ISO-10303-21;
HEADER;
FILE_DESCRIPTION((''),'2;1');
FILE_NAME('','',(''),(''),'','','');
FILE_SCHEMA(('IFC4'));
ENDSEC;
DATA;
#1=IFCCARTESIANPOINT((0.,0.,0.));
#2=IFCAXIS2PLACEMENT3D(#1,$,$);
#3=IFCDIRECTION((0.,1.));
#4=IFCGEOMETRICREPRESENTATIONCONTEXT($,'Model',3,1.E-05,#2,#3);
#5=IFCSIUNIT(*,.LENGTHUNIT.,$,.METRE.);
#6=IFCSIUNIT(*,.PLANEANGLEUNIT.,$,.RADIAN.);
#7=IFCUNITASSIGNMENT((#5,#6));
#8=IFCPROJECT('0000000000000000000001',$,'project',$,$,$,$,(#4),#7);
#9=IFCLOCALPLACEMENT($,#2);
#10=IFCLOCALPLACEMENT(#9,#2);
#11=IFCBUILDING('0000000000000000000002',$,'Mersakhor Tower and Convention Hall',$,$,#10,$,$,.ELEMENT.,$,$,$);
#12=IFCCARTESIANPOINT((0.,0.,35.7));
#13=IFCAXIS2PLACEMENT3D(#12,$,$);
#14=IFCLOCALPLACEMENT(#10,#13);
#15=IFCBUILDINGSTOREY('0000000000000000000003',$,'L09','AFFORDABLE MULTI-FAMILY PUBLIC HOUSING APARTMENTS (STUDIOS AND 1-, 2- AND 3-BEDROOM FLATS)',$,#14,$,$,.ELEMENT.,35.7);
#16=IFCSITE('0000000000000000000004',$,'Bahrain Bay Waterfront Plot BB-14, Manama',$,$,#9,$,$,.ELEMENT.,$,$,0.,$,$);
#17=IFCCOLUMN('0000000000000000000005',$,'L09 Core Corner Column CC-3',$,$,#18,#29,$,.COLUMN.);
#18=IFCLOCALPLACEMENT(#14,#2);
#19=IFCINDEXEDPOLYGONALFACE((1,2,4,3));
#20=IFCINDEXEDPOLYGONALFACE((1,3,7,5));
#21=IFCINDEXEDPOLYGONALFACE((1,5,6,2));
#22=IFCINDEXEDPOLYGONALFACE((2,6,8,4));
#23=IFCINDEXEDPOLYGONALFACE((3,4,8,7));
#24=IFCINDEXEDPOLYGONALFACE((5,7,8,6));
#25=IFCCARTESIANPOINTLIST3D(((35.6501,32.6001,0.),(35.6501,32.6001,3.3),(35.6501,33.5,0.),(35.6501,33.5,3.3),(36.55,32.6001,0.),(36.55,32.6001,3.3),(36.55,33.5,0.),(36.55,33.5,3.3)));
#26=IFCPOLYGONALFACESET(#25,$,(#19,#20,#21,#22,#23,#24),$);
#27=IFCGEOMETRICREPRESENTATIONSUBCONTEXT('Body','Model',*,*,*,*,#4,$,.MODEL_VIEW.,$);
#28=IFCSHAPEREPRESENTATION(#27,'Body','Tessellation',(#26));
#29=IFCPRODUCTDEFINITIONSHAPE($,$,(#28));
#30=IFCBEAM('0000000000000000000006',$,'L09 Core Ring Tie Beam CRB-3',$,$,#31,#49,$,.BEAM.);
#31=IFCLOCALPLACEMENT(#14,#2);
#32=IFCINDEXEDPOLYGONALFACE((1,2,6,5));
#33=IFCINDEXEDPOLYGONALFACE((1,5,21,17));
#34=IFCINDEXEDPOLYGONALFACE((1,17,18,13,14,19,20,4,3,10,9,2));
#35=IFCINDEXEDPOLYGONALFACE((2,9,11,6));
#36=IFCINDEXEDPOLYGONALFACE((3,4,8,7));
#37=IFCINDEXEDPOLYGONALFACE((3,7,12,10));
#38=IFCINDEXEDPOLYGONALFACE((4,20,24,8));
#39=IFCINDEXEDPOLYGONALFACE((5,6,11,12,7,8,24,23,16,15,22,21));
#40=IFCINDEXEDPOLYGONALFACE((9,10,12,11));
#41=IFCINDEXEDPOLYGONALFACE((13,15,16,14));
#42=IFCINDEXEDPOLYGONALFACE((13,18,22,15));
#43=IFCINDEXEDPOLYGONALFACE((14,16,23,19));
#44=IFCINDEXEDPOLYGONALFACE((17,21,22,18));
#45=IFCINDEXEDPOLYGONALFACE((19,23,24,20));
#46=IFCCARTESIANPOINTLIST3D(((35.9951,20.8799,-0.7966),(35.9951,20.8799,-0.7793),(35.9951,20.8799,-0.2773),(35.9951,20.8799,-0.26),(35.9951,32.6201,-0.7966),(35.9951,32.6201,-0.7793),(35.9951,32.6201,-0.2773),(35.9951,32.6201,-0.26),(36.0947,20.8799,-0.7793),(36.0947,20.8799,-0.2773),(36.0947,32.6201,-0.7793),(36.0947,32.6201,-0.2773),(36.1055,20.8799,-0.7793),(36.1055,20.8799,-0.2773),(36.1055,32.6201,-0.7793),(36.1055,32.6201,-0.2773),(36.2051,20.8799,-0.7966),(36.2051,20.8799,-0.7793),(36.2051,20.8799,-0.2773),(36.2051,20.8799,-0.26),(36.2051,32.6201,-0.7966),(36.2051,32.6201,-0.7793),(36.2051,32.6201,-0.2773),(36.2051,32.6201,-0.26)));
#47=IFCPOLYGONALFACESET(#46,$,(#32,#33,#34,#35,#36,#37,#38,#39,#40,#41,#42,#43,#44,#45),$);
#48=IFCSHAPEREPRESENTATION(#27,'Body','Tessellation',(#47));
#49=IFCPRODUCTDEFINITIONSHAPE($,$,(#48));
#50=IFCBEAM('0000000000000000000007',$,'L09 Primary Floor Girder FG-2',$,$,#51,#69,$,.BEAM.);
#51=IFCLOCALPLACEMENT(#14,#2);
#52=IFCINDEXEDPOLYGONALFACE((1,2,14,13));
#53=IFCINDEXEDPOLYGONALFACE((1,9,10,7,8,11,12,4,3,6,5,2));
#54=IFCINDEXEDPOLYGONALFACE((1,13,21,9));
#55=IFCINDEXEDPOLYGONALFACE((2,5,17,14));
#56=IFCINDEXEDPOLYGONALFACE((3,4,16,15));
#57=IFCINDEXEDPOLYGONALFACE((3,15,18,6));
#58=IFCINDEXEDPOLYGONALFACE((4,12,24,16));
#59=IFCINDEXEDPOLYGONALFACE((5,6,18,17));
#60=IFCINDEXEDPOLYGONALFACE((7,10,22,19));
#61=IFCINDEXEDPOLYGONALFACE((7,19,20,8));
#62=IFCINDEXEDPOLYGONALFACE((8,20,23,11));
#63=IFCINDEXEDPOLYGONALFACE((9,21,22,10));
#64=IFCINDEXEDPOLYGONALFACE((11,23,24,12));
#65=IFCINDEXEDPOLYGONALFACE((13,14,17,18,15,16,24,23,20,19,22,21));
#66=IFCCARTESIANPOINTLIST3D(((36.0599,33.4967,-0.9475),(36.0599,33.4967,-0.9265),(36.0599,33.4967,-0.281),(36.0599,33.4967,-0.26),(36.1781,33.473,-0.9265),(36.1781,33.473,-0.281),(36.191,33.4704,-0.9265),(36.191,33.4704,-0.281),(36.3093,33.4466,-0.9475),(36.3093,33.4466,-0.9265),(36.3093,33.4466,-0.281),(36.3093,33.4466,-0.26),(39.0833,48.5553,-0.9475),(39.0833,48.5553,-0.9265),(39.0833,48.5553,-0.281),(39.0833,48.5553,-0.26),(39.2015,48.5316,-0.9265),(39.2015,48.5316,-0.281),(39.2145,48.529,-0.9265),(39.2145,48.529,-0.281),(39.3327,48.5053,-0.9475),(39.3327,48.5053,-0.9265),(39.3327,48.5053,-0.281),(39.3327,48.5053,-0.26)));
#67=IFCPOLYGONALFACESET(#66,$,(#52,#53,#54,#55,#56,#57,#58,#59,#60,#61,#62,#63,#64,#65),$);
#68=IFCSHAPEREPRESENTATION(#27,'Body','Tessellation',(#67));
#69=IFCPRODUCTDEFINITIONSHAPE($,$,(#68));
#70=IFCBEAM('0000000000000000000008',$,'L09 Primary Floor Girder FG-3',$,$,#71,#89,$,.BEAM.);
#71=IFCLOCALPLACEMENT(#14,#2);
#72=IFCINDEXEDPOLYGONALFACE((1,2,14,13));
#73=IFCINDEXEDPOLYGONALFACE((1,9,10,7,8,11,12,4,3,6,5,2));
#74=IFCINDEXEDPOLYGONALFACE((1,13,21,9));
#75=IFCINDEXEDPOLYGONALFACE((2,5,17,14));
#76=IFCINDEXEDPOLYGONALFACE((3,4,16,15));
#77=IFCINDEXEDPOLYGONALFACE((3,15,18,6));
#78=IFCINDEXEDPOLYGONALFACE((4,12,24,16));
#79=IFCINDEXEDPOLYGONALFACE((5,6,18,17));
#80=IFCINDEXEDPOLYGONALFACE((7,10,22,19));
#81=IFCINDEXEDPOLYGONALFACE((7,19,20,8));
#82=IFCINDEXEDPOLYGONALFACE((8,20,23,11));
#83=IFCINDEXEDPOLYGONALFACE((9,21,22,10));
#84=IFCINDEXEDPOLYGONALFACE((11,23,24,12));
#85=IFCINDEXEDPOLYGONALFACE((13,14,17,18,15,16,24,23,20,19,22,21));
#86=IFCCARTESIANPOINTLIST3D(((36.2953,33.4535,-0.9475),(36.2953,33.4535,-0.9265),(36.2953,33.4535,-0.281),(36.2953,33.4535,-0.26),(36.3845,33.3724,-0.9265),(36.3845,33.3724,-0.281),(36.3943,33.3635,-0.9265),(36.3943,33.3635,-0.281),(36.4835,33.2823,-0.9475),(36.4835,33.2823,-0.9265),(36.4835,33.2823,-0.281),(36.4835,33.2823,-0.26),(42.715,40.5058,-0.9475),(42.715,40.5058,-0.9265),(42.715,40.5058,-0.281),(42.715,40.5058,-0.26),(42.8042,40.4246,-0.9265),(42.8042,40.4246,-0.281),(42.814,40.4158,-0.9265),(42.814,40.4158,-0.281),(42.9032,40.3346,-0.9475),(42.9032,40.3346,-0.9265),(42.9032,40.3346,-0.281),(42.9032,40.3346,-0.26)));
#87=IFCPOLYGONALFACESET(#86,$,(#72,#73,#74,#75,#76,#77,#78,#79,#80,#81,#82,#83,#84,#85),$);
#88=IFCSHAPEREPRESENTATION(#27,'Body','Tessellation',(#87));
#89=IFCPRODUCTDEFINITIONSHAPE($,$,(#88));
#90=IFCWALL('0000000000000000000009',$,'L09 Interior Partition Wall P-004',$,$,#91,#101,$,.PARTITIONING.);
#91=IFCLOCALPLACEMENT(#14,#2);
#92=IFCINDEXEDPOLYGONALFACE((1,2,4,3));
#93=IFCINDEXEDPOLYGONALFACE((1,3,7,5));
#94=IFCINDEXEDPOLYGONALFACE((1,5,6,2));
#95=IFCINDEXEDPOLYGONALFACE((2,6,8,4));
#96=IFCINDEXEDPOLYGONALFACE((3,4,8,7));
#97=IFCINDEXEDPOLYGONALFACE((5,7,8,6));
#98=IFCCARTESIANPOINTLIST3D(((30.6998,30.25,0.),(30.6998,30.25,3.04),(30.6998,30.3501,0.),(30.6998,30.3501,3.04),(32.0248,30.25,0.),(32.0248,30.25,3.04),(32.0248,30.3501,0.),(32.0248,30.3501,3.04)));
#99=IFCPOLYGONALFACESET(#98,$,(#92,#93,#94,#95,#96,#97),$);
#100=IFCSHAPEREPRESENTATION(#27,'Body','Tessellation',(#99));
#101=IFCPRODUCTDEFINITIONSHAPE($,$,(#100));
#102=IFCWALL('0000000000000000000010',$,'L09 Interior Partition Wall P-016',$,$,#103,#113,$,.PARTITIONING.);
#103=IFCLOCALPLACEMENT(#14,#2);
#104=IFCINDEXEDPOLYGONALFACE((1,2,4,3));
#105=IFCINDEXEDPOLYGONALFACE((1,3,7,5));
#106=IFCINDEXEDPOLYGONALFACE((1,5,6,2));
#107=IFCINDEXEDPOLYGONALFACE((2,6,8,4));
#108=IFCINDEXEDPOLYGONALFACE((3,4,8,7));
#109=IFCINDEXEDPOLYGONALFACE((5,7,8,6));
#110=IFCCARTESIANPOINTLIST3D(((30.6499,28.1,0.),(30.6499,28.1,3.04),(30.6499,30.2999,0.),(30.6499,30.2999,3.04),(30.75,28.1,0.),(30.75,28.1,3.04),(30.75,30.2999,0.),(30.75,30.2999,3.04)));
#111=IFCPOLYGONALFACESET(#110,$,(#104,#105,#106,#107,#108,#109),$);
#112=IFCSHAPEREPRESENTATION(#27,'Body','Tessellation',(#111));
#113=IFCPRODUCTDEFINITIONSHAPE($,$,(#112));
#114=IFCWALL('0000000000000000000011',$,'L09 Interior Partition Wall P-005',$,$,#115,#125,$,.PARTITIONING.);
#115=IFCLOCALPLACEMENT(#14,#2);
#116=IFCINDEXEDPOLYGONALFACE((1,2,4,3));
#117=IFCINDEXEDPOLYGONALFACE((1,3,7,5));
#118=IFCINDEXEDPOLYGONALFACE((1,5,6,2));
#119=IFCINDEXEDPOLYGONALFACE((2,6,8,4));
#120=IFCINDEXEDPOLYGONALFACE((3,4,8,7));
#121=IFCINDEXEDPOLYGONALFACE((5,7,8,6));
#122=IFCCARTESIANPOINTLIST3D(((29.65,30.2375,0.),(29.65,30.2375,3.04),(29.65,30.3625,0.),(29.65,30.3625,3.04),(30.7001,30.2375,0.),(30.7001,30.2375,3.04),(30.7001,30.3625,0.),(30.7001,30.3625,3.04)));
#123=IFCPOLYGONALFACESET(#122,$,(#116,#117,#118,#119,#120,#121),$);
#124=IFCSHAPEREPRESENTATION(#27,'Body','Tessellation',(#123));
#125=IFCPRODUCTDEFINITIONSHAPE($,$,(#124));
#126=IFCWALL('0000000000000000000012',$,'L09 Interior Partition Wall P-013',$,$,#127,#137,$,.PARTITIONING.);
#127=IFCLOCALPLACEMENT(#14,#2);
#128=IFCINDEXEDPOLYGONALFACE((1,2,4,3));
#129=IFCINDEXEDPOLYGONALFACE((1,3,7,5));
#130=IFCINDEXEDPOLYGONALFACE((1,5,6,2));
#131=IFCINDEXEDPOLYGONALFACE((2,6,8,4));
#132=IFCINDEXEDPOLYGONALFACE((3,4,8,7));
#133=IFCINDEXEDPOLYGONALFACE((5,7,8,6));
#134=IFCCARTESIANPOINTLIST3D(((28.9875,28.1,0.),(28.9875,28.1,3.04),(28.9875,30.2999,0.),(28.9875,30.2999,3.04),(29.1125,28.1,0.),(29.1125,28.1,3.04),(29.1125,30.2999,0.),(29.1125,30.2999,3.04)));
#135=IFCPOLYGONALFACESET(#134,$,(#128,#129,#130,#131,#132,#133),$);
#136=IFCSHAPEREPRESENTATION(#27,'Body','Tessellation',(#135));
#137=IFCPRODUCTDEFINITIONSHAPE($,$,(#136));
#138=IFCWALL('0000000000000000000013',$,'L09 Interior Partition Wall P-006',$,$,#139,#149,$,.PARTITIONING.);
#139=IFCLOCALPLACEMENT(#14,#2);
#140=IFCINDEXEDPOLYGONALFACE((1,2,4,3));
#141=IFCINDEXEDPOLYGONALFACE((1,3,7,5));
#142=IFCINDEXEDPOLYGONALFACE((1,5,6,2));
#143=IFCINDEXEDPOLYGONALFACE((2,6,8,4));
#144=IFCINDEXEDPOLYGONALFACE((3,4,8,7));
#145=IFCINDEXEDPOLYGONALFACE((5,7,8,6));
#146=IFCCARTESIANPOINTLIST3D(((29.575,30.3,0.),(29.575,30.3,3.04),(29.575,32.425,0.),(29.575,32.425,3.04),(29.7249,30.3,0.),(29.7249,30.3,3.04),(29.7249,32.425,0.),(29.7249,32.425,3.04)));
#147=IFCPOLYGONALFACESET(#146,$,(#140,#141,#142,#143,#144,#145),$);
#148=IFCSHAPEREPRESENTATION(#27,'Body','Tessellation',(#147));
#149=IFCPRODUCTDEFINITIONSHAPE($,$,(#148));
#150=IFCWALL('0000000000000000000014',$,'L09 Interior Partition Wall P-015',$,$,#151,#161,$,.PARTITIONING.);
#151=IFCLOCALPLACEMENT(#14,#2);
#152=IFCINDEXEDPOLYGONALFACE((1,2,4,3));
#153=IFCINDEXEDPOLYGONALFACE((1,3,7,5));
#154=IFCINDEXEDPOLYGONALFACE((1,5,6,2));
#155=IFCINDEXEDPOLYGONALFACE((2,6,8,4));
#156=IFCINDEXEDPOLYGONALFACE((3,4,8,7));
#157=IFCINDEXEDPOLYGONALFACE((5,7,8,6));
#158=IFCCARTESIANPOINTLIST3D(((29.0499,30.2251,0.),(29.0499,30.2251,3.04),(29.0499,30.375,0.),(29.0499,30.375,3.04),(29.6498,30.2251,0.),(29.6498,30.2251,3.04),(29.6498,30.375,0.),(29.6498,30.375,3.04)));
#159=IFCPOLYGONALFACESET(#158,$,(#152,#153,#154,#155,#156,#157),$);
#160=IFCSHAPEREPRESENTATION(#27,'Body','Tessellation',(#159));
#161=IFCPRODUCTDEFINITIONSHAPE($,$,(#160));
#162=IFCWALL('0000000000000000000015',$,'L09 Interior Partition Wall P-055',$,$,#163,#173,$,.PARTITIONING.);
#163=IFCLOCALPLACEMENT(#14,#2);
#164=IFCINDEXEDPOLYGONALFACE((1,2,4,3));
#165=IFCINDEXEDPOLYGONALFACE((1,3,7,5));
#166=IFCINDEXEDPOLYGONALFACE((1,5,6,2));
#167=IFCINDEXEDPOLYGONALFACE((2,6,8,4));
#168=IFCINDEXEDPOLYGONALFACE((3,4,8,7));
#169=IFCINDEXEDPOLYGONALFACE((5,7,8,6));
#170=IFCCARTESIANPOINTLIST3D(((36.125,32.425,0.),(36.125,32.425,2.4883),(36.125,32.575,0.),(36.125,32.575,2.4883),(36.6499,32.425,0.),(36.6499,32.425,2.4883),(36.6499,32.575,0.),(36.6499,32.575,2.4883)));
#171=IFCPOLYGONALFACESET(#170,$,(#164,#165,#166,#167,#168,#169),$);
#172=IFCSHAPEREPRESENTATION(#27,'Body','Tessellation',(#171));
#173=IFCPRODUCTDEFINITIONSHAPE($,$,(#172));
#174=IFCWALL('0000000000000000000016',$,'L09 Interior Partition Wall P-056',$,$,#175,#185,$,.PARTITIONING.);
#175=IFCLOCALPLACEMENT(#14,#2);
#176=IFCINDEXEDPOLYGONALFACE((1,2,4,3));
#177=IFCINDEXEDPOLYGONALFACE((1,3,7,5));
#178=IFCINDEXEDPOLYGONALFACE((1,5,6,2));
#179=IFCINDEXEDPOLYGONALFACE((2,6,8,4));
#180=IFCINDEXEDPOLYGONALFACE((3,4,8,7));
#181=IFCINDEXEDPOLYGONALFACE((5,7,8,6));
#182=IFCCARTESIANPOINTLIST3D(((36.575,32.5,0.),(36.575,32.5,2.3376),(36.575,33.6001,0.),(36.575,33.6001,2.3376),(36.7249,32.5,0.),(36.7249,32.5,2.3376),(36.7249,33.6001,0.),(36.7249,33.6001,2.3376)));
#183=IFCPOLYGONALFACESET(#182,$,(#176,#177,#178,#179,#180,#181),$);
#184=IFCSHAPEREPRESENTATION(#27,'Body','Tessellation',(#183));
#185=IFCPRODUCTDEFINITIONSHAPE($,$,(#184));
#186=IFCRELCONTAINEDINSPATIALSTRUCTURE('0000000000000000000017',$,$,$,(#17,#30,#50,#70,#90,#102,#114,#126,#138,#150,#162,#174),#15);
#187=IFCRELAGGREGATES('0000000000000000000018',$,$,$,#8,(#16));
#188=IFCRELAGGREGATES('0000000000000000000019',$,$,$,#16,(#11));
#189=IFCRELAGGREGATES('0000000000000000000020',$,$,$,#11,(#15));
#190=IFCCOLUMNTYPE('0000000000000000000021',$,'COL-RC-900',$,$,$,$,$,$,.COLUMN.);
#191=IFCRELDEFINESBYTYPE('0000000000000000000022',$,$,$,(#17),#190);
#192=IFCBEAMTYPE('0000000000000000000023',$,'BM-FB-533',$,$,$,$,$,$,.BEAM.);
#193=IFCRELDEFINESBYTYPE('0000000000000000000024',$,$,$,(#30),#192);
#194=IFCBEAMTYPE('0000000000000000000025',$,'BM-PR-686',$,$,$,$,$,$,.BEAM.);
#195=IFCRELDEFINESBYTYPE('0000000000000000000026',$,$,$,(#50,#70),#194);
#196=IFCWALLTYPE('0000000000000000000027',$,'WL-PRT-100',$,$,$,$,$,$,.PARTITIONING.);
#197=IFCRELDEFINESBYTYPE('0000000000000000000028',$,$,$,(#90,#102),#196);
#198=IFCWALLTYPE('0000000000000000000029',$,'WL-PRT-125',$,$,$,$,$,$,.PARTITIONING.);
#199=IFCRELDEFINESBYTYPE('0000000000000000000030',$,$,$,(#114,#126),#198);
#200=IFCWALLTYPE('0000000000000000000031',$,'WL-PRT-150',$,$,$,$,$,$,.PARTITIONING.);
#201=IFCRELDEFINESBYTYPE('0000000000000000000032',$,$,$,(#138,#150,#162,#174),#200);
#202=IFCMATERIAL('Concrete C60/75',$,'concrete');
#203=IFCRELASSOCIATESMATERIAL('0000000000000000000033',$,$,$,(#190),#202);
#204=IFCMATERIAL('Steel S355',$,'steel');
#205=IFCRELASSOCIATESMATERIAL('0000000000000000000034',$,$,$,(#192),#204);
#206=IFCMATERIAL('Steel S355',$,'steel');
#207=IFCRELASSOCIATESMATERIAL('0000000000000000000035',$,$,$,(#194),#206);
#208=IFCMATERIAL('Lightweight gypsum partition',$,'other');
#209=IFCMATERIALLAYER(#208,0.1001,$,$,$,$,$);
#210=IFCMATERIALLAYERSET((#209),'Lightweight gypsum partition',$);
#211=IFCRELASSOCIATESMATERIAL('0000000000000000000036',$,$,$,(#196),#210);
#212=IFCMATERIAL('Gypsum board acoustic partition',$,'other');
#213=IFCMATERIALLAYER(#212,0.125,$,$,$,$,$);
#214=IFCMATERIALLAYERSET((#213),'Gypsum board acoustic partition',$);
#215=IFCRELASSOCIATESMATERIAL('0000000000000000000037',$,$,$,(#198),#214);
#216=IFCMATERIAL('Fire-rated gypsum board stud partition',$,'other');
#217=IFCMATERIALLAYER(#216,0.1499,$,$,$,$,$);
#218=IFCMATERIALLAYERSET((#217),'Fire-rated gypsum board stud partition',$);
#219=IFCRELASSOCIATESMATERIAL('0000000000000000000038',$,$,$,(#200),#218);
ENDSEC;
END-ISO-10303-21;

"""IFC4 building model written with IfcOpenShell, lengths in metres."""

from ifc_helpers import new_model, si_unit, direction, frame, frame_2d, origin, origin_2d, place, context, subcontext, project, spatial, rectangle, i_section, extrude, material, layer, layer_set, material_profile, profile_set, type_object, element, save


model = new_model("IFC4")

# Units and contexts
model_context = context("Model", 3, precision=1e-05, world=origin(), true_north=direction((0.0, 1.0)))
body_context = subcontext(model_context, "Body", "Model", "MODEL_VIEW")
ifc_project = project(units=[si_unit("LENGTHUNIT", "METRE"), si_unit("PLANEANGLEUNIT", "RADIAN")], contexts=[model_context])

# Site, building, storey
site_placement = place(None, origin())
site = spatial("IfcSite", under=ifc_project, at=site_placement, Name="Bahrain Bay Waterfront Plot BB-14, Manama", CompositionType="ELEMENT", RefElevation=0.0)
building_placement = place(site_placement, origin())
building = spatial("IfcBuilding", under=site, at=building_placement, Name="Mersakhor Tower and Convention Hall", CompositionType="ELEMENT")
storey_placement = place(building_placement, frame((0.0, 0.0, 35.7)))
storey = spatial("IfcBuildingStorey", under=building, at=storey_placement, Name="L09", Description="AFFORDABLE MULTI-FAMILY PUBLIC HOUSING APARTMENTS (STUDIOS AND 1-, 2- AND 3-BEDROOM FLATS)", CompositionType="ELEMENT", Elevation=35.7)

# Column
ifc_material_1 = material(Name="Concrete C60/75", Category="concrete")
ifc_material_profile_1 = material_profile(ifc_material_1, rectangle(XDim=0.8999, YDim=0.8999, at=origin_2d()), Name="RC 900x900")
ifc_profile_set_1 = profile_set([ifc_material_profile_1], Name="Concrete C60/75")
column_type = type_object("IfcColumnType", Name="COL-RC-900", PredefinedType="COLUMN", material=ifc_profile_set_1)
column_placement = place(storey_placement, frame((36.1001, 33.05, 0.0), z_axis=(0.0, 0.0, 1.0), x_axis=(1.0, 0.0, 0.0)))
element("IfcColumn", 1, at=column_placement, inside=storey, type_object=column_type, Name="L09 Core Corner Column CC-3", PredefinedType="COLUMN", context=body_context, shape_type="SweptSolid", body=[
    extrude(rectangle(XDim=0.8999, YDim=0.8999, at=origin_2d()), origin(), (0.0, 0.0, 1.0), 3.3),
])

# Beams
ifc_material_2 = material(Name="Steel S355", Category="steel")
ifc_material_profile_2 = material_profile(ifc_material_2, i_section(OverallWidth=0.21, OverallDepth=0.5366, WebThickness=0.0107, FlangeThickness=0.0173, at=origin_2d()), Name="UB 533x210x101")
ifc_profile_set_2 = profile_set([ifc_material_profile_2], Name="Steel S355")
beam_type_1 = type_object("IfcBeamType", Name="BM-FB-533", PredefinedType="BEAM", material=ifc_profile_set_2)
beam_1_placement = place(storey_placement, frame((36.1001, 32.6201, -0.5283), z_axis=(0.0, -1.0, 0.0), x_axis=(1.0, 0.0, 0.0)))
element("IfcBeam", 2, at=beam_1_placement, inside=storey, type_object=beam_type_1, Name="L09 Core Ring Tie Beam CRB-3", PredefinedType="BEAM", context=body_context, shape_type="SweptSolid", body=[
    extrude(i_section(OverallWidth=0.21, OverallDepth=0.5366, WebThickness=0.0107, FlangeThickness=0.0173, at=origin_2d()), origin(), (0.0, 0.0, 1.0), 11.7402),
])
ifc_material_3 = material(Name="Steel S355", Category="steel")
ifc_material_profile_3 = material_profile(ifc_material_3, i_section(OverallWidth=0.2544, OverallDepth=0.6875, WebThickness=0.0132, FlangeThickness=0.021, at=origin_2d()), Name="UB 686x254x152")
ifc_profile_set_3 = profile_set([ifc_material_profile_3], Name="Steel S355")
beam_type_2 = type_object("IfcBeamType", Name="BM-PR-686", PredefinedType="BEAM", material=ifc_profile_set_3)
beam_2_placement = place(storey_placement, frame((36.1846, 33.4717, -0.6038), z_axis=(0.19685, 0.980434, 0.0), x_axis=(-0.980434, 0.19685, 0.0)))
element("IfcBeam", 3, at=beam_2_placement, inside=storey, type_object=beam_type_2, Name="L09 Primary Floor Girder FG-2", PredefinedType="BEAM", context=body_context, shape_type="SweptSolid", body=[
    extrude(i_section(OverallWidth=0.2544, OverallDepth=0.6875, WebThickness=0.0132, FlangeThickness=0.021, at=origin_2d()), origin(), (0.0, 0.0, 1.0), 15.3591),
])
beam_3_placement = place(storey_placement, frame((36.3894, 33.3679, -0.6038), z_axis=(0.673163, 0.739494, 0.0), x_axis=(-0.739494, 0.673163, 0.0)))
element("IfcBeam", 4, at=beam_3_placement, inside=storey, type_object=beam_type_2, Name="L09 Primary Floor Girder FG-3", PredefinedType="BEAM", context=body_context, shape_type="SweptSolid", body=[
    extrude(i_section(OverallWidth=0.2544, OverallDepth=0.6875, WebThickness=0.0132, FlangeThickness=0.021, at=origin_2d()), origin(), (0.0, 0.0, 1.0), 9.5366),
])

# Walls
ifc_material_4 = material(Name="Lightweight gypsum partition", Category="other")
ifc_layer_1 = layer(ifc_material_4, 0.1001)
ifc_layer_set_1 = layer_set([ifc_layer_1], Name="Lightweight gypsum partition")
wall_type_1 = type_object("IfcWallType", Name="WL-PRT-100", PredefinedType="PARTITIONING", material=ifc_layer_set_1)
wall_1_placement = place(storey_placement, frame((32.0249, 30.3, 0.0), z_axis=(0.0, 0.0, 1.0), x_axis=(-1.0, 0.0, 0.0)))
element("IfcWall", 5, at=wall_1_placement, inside=storey, type_object=wall_type_1, Name="L09 Interior Partition Wall P-004", PredefinedType="PARTITIONING", context=body_context, shape_type="SweptSolid", body=[
    extrude(rectangle(XDim=1.325, YDim=0.1001, at=frame_2d((0.6626, 0.0))), origin(), (0.0, 0.0, 1.0), 3.04),
])
wall_2_placement = place(storey_placement, frame((30.7, 30.3, 0.0), z_axis=(0.0, 0.0, 1.0), x_axis=(0.0, -1.0, 0.0)))
element("IfcWall", 6, at=wall_2_placement, inside=storey, type_object=wall_type_1, Name="L09 Interior Partition Wall P-016", PredefinedType="PARTITIONING", context=body_context, shape_type="SweptSolid", body=[
    extrude(rectangle(XDim=2.2, YDim=0.1001, at=frame_2d((1.1001, 0.0))), origin(), (0.0, 0.0, 1.0), 3.04),
])
ifc_material_5 = material(Name="Gypsum board acoustic partition", Category="other")
ifc_layer_2 = layer(ifc_material_5, 0.125)
ifc_layer_set_2 = layer_set([ifc_layer_2], Name="Gypsum board acoustic partition")
wall_type_2 = type_object("IfcWallType", Name="WL-PRT-125", PredefinedType="PARTITIONING", material=ifc_layer_set_2)
wall_3_placement = place(storey_placement, frame((30.7, 30.3, 0.0), z_axis=(0.0, 0.0, 1.0), x_axis=(-1.0, 0.0, 0.0)))
element("IfcWall", 7, at=wall_3_placement, inside=storey, type_object=wall_type_2, Name="L09 Interior Partition Wall P-005", PredefinedType="PARTITIONING", context=body_context, shape_type="SweptSolid", body=[
    extrude(rectangle(XDim=1.05, YDim=0.125, at=frame_2d((0.5249, 0.0))), origin(), (0.0, 0.0, 1.0), 3.04),
])
wall_4_placement = place(storey_placement, frame((29.05, 30.3, 0.0), z_axis=(0.0, 0.0, 1.0), x_axis=(0.0, -1.0, 0.0)))
element("IfcWall", 8, at=wall_4_placement, inside=storey, type_object=wall_type_2, Name="L09 Interior Partition Wall P-013", PredefinedType="PARTITIONING", context=body_context, shape_type="SweptSolid", body=[
    extrude(rectangle(XDim=2.2, YDim=0.125, at=frame_2d((1.1001, 0.0))), origin(), (0.0, 0.0, 1.0), 3.04),
])
ifc_material_6 = material(Name="Fire-rated gypsum board stud partition", Category="other")
ifc_layer_3 = layer(ifc_material_6, 0.1499)
ifc_layer_set_3 = layer_set([ifc_layer_3], Name="Fire-rated gypsum board stud partition")
wall_type_3 = type_object("IfcWallType", Name="WL-PRT-150", PredefinedType="PARTITIONING", material=ifc_layer_set_3)
wall_5_placement = place(storey_placement, frame((29.6499, 30.3, 0.0), z_axis=(0.0, 0.0, 1.0), x_axis=(0.0, 1.0, 0.0)))
element("IfcWall", 9, at=wall_5_placement, inside=storey, type_object=wall_type_3, Name="L09 Interior Partition Wall P-006", PredefinedType="PARTITIONING", context=body_context, shape_type="SweptSolid", body=[
    extrude(rectangle(XDim=2.125, YDim=0.1499, at=frame_2d((1.0625, 0.0))), origin(), (0.0, 0.0, 1.0), 3.04),
])
wall_6_placement = place(storey_placement, frame((29.05, 30.3, 0.0), z_axis=(0.0, 0.0, 1.0), x_axis=(1.0, 0.0, 0.0)))
element("IfcWall", 10, at=wall_6_placement, inside=storey, type_object=wall_type_3, Name="L09 Interior Partition Wall P-015", PredefinedType="PARTITIONING", context=body_context, shape_type="SweptSolid", body=[
    extrude(rectangle(XDim=0.5999, YDim=0.1499, at=frame_2d((0.2998, 0.0))), origin(), (0.0, 0.0, 1.0), 3.04),
])
wall_7_placement = place(storey_placement, frame((36.125, 32.5, 0.0), z_axis=(0.0, 0.0, 1.0), x_axis=(1.0, 0.0, 0.0)))
element("IfcWall", 11, at=wall_7_placement, inside=storey, type_object=wall_type_3, Name="L09 Interior Partition Wall P-055", PredefinedType="PARTITIONING", context=body_context, shape_type="SweptSolid", body=[
    extrude(rectangle(XDim=0.5249, YDim=0.1499, at=frame_2d((0.2625, 0.0))), origin(), (0.0, 0.0, 1.0), 2.4883),
])
wall_8_placement = place(storey_placement, frame((36.6499, 32.5, 0.0), z_axis=(0.0, 0.0, 1.0), x_axis=(0.0, 1.0, 0.0)))
element("IfcWall", 12, at=wall_8_placement, inside=storey, type_object=wall_type_3, Name="L09 Interior Partition Wall P-056", PredefinedType="PARTITIONING", context=body_context, shape_type="SweptSolid", body=[
    extrude(rectangle(XDim=1.1001, YDim=0.1499, at=frame_2d((0.55, 0.0))), origin(), (0.0, 0.0, 1.0), 2.3376),
])

save(model, "model.ifc")
